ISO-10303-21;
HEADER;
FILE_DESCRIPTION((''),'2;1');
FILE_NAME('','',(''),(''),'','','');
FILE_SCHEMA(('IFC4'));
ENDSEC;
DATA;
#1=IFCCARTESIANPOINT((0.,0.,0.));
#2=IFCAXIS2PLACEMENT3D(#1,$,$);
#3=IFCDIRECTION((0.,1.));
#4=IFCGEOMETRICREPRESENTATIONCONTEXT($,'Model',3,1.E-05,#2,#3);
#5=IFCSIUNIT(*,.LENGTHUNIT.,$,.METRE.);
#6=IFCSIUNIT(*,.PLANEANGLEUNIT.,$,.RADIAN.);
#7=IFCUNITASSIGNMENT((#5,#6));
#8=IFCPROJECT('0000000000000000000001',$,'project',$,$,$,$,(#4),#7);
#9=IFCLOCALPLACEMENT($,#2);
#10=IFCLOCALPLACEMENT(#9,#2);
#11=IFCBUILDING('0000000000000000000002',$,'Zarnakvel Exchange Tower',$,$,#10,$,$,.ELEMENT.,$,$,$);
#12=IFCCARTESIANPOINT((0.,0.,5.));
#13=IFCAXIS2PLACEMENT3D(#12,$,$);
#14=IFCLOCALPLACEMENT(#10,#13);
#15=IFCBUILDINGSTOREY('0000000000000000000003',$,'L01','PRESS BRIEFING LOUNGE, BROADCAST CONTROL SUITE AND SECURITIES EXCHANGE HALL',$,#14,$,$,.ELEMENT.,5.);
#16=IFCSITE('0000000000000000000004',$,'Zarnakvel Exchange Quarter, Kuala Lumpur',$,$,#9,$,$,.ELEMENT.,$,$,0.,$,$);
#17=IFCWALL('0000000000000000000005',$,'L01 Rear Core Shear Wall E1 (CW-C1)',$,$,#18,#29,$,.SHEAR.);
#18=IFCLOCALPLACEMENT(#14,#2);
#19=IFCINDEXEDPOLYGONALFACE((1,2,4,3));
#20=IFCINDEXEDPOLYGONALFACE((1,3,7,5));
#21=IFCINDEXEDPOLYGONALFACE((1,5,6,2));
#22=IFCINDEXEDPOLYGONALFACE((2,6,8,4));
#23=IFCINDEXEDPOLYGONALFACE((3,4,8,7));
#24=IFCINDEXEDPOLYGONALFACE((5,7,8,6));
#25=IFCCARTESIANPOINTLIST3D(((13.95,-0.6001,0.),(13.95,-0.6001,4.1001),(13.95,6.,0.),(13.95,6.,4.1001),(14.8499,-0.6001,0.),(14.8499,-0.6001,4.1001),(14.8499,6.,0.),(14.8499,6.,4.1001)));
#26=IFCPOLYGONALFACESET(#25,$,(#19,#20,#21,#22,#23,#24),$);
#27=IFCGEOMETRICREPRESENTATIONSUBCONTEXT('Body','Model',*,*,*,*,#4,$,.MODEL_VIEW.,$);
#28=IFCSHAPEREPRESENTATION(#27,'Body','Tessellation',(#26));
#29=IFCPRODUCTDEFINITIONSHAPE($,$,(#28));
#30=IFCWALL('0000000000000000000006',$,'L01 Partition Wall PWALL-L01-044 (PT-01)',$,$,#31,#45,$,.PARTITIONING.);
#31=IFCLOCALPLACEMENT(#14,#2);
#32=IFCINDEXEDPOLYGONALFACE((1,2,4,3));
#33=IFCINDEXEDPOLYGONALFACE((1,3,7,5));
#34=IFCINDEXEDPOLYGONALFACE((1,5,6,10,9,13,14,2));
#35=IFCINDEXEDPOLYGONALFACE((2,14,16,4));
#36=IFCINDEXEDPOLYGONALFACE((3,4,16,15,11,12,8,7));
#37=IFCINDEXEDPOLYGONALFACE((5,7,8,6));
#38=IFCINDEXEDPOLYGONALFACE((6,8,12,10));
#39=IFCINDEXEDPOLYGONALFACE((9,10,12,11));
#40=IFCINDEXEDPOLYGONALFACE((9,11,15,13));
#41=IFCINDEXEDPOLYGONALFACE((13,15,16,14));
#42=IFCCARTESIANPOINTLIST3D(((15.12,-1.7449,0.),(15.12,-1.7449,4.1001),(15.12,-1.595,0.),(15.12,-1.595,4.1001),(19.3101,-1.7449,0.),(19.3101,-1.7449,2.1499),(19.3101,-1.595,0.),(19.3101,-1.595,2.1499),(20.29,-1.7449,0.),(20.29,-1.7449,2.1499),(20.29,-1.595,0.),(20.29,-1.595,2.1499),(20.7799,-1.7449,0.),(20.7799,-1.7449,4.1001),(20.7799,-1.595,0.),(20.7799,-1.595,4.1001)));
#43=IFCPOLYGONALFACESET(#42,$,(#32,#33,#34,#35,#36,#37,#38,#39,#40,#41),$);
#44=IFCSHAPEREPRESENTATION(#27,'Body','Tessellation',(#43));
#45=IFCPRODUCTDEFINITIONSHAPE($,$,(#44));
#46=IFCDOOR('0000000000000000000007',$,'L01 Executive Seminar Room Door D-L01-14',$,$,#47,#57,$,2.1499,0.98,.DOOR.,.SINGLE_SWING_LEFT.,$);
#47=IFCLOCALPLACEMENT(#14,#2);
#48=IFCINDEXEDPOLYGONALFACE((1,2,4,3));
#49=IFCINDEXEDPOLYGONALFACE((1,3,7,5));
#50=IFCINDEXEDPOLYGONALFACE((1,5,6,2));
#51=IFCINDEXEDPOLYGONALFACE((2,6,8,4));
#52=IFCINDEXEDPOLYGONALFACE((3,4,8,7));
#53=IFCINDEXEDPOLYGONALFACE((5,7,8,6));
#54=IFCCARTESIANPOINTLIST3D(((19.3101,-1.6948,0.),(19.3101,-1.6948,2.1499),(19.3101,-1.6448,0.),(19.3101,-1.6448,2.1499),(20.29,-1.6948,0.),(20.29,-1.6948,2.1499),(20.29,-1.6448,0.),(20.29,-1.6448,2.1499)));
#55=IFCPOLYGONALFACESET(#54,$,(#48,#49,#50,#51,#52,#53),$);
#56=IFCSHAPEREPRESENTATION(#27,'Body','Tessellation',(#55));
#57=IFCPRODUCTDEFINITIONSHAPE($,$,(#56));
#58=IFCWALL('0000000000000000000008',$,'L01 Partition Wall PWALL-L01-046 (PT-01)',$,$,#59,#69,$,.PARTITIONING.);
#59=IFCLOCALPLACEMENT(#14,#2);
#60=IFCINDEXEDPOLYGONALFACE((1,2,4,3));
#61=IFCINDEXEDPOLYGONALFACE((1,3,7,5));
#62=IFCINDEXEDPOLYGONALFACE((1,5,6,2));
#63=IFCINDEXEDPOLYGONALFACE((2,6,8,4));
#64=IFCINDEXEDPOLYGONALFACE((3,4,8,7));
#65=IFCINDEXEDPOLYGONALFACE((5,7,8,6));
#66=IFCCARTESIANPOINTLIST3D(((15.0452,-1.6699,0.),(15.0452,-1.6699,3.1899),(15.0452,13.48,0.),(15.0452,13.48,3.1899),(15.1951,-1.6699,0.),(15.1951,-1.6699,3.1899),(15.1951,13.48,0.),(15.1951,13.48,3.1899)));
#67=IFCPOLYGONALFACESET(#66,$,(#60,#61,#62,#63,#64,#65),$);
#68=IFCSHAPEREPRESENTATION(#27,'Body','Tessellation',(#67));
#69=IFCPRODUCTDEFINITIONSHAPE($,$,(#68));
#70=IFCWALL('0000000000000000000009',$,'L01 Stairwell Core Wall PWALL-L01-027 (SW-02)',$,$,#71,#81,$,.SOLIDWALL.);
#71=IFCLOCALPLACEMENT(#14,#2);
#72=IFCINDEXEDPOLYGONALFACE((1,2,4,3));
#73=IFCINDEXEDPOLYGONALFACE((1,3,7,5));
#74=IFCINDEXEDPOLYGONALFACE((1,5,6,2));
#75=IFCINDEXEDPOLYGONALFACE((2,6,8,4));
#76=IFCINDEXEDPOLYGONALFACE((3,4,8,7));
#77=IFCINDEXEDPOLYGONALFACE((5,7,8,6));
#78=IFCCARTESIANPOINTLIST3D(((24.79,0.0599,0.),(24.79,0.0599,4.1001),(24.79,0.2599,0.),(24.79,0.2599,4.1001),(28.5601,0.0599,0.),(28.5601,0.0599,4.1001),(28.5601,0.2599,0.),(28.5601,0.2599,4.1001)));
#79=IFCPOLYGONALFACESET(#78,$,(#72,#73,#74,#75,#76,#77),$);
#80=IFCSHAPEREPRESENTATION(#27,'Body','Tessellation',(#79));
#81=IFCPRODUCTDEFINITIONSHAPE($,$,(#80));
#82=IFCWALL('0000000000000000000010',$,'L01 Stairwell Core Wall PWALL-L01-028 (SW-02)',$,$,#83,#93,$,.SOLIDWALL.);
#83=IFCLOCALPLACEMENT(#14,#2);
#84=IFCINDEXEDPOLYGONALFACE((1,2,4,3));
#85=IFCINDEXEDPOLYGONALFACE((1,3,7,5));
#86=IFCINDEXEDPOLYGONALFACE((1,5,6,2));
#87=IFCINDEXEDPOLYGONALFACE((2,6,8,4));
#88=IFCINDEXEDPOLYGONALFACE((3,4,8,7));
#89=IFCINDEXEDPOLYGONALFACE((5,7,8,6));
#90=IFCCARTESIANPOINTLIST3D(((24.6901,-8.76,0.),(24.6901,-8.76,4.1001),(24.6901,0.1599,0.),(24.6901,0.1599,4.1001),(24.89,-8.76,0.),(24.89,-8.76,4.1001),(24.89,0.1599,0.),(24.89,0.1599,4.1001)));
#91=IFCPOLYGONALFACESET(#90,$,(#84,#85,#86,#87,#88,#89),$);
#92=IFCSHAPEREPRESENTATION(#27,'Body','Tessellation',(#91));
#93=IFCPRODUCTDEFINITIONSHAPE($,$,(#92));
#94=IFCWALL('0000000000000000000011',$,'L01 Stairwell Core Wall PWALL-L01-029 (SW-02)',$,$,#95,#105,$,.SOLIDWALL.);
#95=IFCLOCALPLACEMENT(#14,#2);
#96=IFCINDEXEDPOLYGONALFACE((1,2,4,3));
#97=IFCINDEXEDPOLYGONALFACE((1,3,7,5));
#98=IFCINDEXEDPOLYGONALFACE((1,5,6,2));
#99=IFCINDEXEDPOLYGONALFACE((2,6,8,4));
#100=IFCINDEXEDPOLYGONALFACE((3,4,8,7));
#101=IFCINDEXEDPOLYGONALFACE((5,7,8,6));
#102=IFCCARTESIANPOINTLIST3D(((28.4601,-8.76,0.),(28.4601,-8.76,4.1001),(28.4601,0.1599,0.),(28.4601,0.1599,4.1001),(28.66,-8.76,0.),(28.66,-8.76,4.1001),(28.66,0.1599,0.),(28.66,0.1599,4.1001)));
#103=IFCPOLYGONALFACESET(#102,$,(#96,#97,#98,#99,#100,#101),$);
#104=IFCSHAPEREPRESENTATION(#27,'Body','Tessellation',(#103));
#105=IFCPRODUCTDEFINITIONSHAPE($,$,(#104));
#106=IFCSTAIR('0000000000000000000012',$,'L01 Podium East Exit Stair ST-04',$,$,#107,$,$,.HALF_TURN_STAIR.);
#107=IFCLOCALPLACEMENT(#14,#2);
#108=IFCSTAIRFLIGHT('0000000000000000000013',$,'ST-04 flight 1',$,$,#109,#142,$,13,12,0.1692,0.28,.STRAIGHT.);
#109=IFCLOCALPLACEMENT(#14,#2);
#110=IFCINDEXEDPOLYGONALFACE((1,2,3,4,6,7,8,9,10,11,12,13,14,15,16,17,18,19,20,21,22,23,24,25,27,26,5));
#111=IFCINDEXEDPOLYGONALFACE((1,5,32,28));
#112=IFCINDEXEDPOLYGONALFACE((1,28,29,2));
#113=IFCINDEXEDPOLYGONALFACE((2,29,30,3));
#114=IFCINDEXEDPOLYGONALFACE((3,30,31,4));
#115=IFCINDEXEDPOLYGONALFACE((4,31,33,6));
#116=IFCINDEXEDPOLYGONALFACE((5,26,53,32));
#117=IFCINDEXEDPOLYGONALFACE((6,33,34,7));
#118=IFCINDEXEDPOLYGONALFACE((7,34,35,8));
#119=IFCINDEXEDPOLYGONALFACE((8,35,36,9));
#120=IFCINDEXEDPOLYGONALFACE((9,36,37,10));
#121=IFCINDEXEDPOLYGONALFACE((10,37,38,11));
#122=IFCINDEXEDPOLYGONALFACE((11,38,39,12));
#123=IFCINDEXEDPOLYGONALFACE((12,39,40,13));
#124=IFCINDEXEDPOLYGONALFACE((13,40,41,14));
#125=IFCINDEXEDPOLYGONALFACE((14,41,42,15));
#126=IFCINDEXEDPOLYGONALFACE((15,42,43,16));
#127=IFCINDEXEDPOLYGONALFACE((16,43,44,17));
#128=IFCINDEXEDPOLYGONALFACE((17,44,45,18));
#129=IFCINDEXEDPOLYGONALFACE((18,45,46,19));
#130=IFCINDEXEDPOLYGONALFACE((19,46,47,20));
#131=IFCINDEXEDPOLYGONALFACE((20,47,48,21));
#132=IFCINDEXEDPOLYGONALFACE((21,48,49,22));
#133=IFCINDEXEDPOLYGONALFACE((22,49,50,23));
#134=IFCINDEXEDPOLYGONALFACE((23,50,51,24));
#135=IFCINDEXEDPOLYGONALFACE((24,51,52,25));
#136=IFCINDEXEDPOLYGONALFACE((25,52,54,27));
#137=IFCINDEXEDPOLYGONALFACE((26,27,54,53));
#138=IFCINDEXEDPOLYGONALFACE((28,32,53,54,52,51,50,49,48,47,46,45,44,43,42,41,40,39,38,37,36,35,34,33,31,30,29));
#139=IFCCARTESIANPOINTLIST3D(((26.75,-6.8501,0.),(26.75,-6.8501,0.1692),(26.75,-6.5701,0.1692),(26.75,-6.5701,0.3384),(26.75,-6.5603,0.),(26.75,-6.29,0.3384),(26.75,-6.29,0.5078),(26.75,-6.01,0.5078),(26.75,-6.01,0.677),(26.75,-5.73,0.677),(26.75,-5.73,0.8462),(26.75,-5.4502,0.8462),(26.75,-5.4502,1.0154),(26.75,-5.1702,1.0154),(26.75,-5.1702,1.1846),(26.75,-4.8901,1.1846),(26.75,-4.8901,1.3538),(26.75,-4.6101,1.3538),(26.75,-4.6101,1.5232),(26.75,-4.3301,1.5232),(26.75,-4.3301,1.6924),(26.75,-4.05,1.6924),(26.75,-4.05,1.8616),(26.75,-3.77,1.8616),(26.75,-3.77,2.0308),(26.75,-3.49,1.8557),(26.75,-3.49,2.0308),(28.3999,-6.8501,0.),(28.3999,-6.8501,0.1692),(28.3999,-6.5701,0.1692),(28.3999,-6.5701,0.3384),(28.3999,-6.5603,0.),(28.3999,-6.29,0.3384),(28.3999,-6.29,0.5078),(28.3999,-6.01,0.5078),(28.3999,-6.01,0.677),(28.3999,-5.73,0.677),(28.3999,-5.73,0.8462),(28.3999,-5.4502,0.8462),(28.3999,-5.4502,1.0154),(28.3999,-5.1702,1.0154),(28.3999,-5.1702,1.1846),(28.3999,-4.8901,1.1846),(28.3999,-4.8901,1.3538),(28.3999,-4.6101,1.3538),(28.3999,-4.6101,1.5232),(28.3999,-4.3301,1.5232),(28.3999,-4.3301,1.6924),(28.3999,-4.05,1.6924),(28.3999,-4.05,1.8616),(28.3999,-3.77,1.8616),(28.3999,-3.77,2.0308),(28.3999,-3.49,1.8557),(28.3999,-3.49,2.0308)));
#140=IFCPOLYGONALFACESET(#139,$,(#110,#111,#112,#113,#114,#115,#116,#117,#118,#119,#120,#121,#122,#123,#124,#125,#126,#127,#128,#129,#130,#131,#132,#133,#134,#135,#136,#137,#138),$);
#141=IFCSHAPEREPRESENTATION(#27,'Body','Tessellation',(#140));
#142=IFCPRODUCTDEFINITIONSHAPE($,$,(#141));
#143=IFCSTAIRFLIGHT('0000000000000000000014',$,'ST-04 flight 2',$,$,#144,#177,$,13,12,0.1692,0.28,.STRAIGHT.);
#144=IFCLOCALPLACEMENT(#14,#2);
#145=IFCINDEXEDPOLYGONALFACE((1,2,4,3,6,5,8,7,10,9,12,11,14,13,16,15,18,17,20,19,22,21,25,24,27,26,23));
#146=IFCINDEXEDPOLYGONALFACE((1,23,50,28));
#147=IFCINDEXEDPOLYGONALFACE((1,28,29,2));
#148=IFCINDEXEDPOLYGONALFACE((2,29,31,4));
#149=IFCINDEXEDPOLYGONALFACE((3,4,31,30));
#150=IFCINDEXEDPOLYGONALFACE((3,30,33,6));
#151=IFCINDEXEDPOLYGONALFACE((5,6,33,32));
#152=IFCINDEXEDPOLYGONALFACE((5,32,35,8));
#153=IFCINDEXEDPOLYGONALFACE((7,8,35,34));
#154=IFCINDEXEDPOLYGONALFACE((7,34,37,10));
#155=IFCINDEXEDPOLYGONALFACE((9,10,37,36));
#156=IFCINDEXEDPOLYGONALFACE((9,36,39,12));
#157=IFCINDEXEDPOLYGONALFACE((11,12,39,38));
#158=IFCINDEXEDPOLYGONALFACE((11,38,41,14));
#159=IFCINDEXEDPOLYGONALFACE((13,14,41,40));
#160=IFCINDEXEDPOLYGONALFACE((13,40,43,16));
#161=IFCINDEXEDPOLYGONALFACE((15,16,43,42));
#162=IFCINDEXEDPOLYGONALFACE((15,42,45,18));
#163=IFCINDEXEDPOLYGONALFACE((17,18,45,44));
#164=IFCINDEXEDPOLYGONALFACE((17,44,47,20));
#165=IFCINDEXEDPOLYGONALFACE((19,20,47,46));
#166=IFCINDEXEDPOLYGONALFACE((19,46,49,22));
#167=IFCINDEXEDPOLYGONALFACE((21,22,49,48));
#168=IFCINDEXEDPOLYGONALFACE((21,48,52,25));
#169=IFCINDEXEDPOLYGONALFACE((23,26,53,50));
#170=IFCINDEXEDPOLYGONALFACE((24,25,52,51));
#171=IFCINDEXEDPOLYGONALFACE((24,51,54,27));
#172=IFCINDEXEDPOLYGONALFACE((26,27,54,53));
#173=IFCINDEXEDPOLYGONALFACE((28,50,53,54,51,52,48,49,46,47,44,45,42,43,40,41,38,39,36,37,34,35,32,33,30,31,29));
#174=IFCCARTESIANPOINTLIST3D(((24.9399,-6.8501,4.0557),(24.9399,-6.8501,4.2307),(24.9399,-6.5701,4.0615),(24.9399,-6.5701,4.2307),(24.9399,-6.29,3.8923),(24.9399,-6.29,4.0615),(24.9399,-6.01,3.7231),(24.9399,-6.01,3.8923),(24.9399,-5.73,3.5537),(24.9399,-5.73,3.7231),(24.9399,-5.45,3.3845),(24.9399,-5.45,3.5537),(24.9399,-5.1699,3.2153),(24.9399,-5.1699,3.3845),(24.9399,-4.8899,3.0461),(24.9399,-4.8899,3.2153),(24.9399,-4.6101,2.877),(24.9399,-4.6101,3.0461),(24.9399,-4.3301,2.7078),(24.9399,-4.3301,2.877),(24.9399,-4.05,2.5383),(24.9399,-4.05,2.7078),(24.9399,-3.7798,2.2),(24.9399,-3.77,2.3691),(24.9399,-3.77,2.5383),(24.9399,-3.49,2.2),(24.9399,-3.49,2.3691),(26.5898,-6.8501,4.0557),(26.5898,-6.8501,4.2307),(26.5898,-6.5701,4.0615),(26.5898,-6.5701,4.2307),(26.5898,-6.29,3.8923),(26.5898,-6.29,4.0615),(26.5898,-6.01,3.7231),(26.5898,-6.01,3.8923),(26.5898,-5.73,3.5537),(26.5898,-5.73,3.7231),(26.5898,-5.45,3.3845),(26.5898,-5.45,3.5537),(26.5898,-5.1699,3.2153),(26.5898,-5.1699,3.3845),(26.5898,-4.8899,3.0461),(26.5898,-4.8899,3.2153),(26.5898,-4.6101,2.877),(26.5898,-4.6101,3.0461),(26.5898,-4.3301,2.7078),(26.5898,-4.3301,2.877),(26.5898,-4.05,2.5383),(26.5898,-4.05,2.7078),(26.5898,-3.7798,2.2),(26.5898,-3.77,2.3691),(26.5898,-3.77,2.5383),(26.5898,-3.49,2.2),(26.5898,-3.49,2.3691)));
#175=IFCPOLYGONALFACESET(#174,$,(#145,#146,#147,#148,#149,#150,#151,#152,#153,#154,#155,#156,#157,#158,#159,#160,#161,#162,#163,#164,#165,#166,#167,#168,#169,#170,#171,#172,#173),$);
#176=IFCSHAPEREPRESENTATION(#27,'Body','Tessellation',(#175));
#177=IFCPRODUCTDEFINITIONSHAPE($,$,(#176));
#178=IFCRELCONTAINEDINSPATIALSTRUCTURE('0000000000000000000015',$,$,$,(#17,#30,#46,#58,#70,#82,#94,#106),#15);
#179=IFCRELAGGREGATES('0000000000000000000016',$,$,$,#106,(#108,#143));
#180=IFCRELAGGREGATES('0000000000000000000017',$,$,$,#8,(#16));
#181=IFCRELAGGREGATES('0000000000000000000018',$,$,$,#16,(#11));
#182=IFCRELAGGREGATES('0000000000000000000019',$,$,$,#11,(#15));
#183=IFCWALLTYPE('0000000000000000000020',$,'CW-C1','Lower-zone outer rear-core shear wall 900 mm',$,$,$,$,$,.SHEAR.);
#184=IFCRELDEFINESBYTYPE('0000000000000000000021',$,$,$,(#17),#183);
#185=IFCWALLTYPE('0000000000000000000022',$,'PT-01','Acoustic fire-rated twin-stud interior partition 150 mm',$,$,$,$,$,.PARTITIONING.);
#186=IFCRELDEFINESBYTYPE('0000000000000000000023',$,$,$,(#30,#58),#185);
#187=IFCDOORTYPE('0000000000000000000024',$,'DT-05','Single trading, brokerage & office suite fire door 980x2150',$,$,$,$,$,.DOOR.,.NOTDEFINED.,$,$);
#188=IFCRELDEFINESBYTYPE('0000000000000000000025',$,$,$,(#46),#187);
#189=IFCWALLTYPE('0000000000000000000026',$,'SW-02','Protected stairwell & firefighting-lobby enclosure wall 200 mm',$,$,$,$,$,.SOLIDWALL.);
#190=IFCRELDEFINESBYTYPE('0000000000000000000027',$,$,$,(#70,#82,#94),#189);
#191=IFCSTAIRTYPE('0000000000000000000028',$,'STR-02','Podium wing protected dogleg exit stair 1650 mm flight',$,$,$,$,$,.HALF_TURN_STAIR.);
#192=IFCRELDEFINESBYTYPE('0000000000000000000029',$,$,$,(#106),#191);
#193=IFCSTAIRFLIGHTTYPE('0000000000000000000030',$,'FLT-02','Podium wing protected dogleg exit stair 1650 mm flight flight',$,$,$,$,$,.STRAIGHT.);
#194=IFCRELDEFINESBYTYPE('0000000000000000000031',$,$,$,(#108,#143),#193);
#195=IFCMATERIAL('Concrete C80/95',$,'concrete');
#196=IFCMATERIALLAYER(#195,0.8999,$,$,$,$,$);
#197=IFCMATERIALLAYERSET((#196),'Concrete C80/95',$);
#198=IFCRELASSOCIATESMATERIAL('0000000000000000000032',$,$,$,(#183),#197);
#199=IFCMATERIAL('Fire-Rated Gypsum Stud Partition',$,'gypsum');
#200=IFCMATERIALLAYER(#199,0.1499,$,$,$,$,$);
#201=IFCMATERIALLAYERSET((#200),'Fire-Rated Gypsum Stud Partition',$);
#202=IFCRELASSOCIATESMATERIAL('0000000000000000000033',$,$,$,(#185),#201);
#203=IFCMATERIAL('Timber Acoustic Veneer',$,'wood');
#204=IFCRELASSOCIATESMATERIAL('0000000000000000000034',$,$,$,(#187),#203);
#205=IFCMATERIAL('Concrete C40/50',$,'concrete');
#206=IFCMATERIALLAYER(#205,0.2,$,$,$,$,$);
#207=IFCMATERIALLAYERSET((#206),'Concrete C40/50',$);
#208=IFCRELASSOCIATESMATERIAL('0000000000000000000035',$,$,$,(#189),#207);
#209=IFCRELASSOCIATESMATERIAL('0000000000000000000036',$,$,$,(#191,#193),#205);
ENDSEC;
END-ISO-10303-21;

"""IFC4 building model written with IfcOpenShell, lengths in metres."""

from ifc_helpers import new_model, si_unit, direction, frame, frame_2d, origin, place, context, subcontext, project, spatial, polyline, rectangle, outline, extrude, source, transform, mapped, material, layer, layer_set, type_object, element, fill, aggregate, save


model = new_model("IFC4")

# Units and contexts
model_context = context("Model", 3, precision=1e-05, world=origin(), true_north=direction((0.0, 1.0)))
body_context = subcontext(model_context, "Body", "Model", "MODEL_VIEW")
ifc_project = project(units=[si_unit("LENGTHUNIT", "METRE"), si_unit("PLANEANGLEUNIT", "RADIAN")], contexts=[model_context])

# Site, building, storey
site_placement = place(None, origin())
site = spatial("IfcSite", under=ifc_project, at=site_placement, Name="Zarnakvel Exchange Quarter, Kuala Lumpur", CompositionType="ELEMENT", RefElevation=0.0)
building_placement = place(site_placement, origin())
building = spatial("IfcBuilding", under=site, at=building_placement, Name="Zarnakvel Exchange Tower", CompositionType="ELEMENT")
storey_placement = place(building_placement, frame((0.0, 0.0, 5.0)))
storey = spatial("IfcBuildingStorey", under=building, at=storey_placement, Name="L01", Description="PRESS BRIEFING LOUNGE, BROADCAST CONTROL SUITE AND SECURITIES EXCHANGE HALL", CompositionType="ELEMENT", Elevation=5.0)

# Shared definitions
ifc_material_1 = material(Name="Concrete C80/95", Category="concrete")

# Wall
ifc_layer_1 = layer(ifc_material_1, 0.8999)
ifc_layer_set_1 = layer_set([ifc_layer_1], Name="Concrete C80/95")
wall_type_1 = type_object("IfcWallType", Name="CW-C1", Description="Lower-zone outer rear-core shear wall 900 mm", PredefinedType="SHEAR", material=ifc_layer_set_1)
wall_1_placement = place(storey_placement, frame((14.3999, -0.6001, 0.0), z_axis=(0.0, 0.0, 1.0), x_axis=(0.0, 1.0, 0.0)))
element("IfcWall", 1, at=wall_1_placement, inside=storey, type_object=wall_type_1, Name="L01 Rear Core Shear Wall E1 (CW-C1)", PredefinedType="SHEAR", context=body_context, shape_type="SweptSolid", body=[
    extrude(rectangle(XDim=6.6001, YDim=0.8999, at=frame_2d((3.3, 0.0))), origin(), (0.0, 0.0, 1.0), 4.1001),
])

# Wall, opening, door
ifc_material_2 = material(Name="Fire-Rated Gypsum Stud Partition", Category="gypsum")
ifc_layer_2 = layer(ifc_material_2, 0.1499)
ifc_layer_set_2 = layer_set([ifc_layer_2], Name="Fire-Rated Gypsum Stud Partition")
wall_type_2 = type_object("IfcWallType", Name="PT-01", Description="Acoustic fire-rated twin-stud interior partition 150 mm", PredefinedType="PARTITIONING", material=ifc_layer_set_2)
wall_2_placement = place(storey_placement, frame((20.78, -1.6699, 0.0), z_axis=(0.0, 0.0, 1.0), x_axis=(-1.0, 0.0, 0.0)))
wall_2 = element("IfcWall", 2, at=wall_2_placement, inside=storey, type_object=wall_type_2, Name="L01 Partition Wall PWALL-L01-044 (PT-01)", PredefinedType="PARTITIONING", context=body_context, shape_type="SweptSolid", body=[
    extrude(rectangle(XDim=5.6599, YDim=0.1499, at=frame_2d((2.8301, 0.0))), origin(), (0.0, 0.0, 1.0), 4.1001),
])
opening_1_placement = place(wall_2_placement, frame((0.49, 0.0, 0.0)))
opening_1 = element("IfcOpeningElement", 3, at=opening_1_placement, cuts=wall_2, PredefinedType="OPENING", context=body_context, shape_type="SweptSolid", body=[
    extrude(rectangle(XDim=0.98, YDim=2.1499, at=frame_2d((0.49, 1.075))), frame((0.0, 0.085, 0.0), z_axis=(0.0, -1.0, 0.0), x_axis=(1.0, 0.0, 0.0)), (0.0, 0.0, 1.0), 0.1699),
])
ifc_material_3 = material(Name="Timber Acoustic Veneer", Category="wood")
door_type_1 = type_object("IfcDoorType", Name="DT-05", Description="Single trading, brokerage & office suite fire door 980x2150", OperationType="NOTDEFINED", PredefinedType="DOOR", material=ifc_material_3)
shared_shape_1 = source(origin(), body_context, "Body", "SweptSolid", [
    extrude(rectangle(XDim=0.98, YDim=2.1499, at=frame_2d((0.49, 1.075))), frame((0.0, 0.0249, 0.0), z_axis=(0.0, -1.0, 0.0), x_axis=(1.0, 0.0, 0.0)), (0.0, 0.0, 1.0), 0.05),
])
door_1_placement = place(opening_1_placement, origin())
door_1 = element("IfcDoor", 4, at=door_1_placement, inside=storey, type_object=door_type_1, Name="L01 Executive Seminar Room Door D-L01-14", OperationType="SINGLE_SWING_LEFT", OverallHeight=2.1499, OverallWidth=0.98, PredefinedType="DOOR", context=body_context, shape_type="MappedRepresentation", body=[
    mapped(shared_shape_1, transform((0.0, 0.0, 0.0), x_axis=(1.0, 0.0, 0.0), y_axis=(0.0, 1.0, 0.0), z_axis=(0.0, 0.0, 1.0), scale=1.0)),
])
fill(opening_1, door_1)

# Wall
wall_3_placement = place(storey_placement, frame((15.1201, -1.6699, 0.0), z_axis=(0.0, 0.0, 1.0), x_axis=(0.0, 1.0, 0.0)))
element("IfcWall", 5, at=wall_3_placement, inside=storey, type_object=wall_type_2, Name="L01 Partition Wall PWALL-L01-046 (PT-01)", PredefinedType="PARTITIONING", context=body_context, shape_type="SweptSolid", body=[
    extrude(rectangle(XDim=15.1499, YDim=0.1499, at=frame_2d((7.575, 0.0))), origin(), (0.0, 0.0, 1.0), 3.1899),
])

# Shared definitions
ifc_material_4 = material(Name="Concrete C40/50", Category="concrete")
ifc_layer_3 = layer(ifc_material_4, 0.2)
ifc_layer_set_3 = layer_set([ifc_layer_3], Name="Concrete C40/50")
wall_type_3 = type_object("IfcWallType", Name="SW-02", Description="Protected stairwell & firefighting-lobby enclosure wall 200 mm", PredefinedType="SOLIDWALL", material=ifc_layer_set_3)

# Walls
wall_4_placement = place(storey_placement, frame((24.79, 0.1599, 0.0), z_axis=(0.0, 0.0, 1.0), x_axis=(1.0, 0.0, 0.0)))
element("IfcWall", 6, at=wall_4_placement, inside=storey, type_object=wall_type_3, Name="L01 Stairwell Core Wall PWALL-L01-027 (SW-02)", PredefinedType="SOLIDWALL", context=body_context, shape_type="SweptSolid", body=[
    extrude(rectangle(XDim=3.77, YDim=0.2, at=frame_2d((1.885, 0.0))), origin(), (0.0, 0.0, 1.0), 4.1001),
])
for number, where, z_axis, x_axis, name in (
    (7, (24.79, -8.76, 0.0), (0.0, 0.0, 1.0), (0.0, 1.0, 0.0), "L01 Stairwell Core Wall PWALL-L01-028 (SW-02)"),
    (8, (28.5601, 0.1599, 0.0), (0.0, 0.0, 1.0), (0.0, -1.0, 0.0), "L01 Stairwell Core Wall PWALL-L01-029 (SW-02)"),
):
    element("IfcWall", number, at=place(storey_placement, frame(where, z_axis=z_axis, x_axis=x_axis)), inside=storey, type_object=wall_type_3, Name=name, PredefinedType="SOLIDWALL", context=body_context, shape_type="SweptSolid", body=[
        extrude(rectangle(XDim=8.9199, YDim=0.2, at=frame_2d((4.46, 0.0))), origin(), (0.0, 0.0, 1.0), 4.1001),
    ])

# Stair, stair flights
stair_type = type_object("IfcStairType", Name="STR-02", Description="Podium wing protected dogleg exit stair 1650 mm flight", PredefinedType="HALF_TURN_STAIR", material=ifc_material_4)
stair_placement = place(storey_placement, origin())
stair = element("IfcStair", 9, at=stair_placement, inside=storey, type_object=stair_type, Name="L01 Podium East Exit Stair ST-04", PredefinedType="HALF_TURN_STAIR")
stair_flight_type = type_object("IfcStairFlightType", Name="FLT-02", Description="Podium wing protected dogleg exit stair 1650 mm flight flight", PredefinedType="STRAIGHT", material=ifc_material_4)
stair_flight_1_placement = place(storey_placement, frame((27.575, -6.8501, 0.0), z_axis=(0.0, 0.0, 1.0), x_axis=(0.0, 1.0, 0.0)))
stair_flight_1 = element("IfcStairFlight", 10, at=stair_flight_1_placement, type_object=stair_flight_type, Name="ST-04 flight 1", NumberOfRisers=13, NumberOfTreads=12, PredefinedType="STRAIGHT", RiserHeight=0.1692, TreadLength=0.28, context=body_context, shape_type="SweptSolid", body=[
    extrude(outline(polyline([(0.0, 0.0), (0.0, 0.1692), (0.28, 0.1692), (0.28, 0.3384), (0.5601, 0.3384), (0.5601, 0.5078), (0.8401, 0.5078), (0.8401, 0.677), (1.1201, 0.677), (1.1201, 0.8462), (1.3999, 0.8462), (1.3999, 1.0154), (1.6799, 1.0154), (1.6799, 1.1846), (1.96, 1.1846), (1.96, 1.3538), (2.24, 1.3538), (2.24, 1.5232), (2.52, 1.5232), (2.52, 1.6924), (2.8, 1.6924), (2.8, 1.8616), (3.0801, 1.8616), (3.0801, 2.0308), (3.3601, 2.0308), (3.3601, 2.2), (3.3601, 1.8557), (0.2898, 0.0), (0.0, 0.0)])), frame((0.0, 0.825, 0.0), z_axis=(0.0, -1.0, 0.0), x_axis=(1.0, 0.0, 0.0)), (0.0, 0.0, 1.0), 1.6499),
])
stair_flight_2_placement = place(storey_placement, frame((25.7649, -3.49, 2.2), z_axis=(0.0, 0.0, 1.0), x_axis=(0.0, -1.0, 0.0)))
stair_flight_2 = element("IfcStairFlight", 11, at=stair_flight_2_placement, type_object=stair_flight_type, Name="ST-04 flight 2", NumberOfRisers=13, NumberOfTreads=12, PredefinedType="STRAIGHT", RiserHeight=0.1692, TreadLength=0.28, context=body_context, shape_type="SweptSolid", body=[
    extrude(outline(polyline([(0.0, 0.0), (0.0, 0.1692), (0.28, 0.1692), (0.28, 0.3384), (0.5601, 0.3384), (0.5601, 0.5078), (0.8401, 0.5078), (0.8401, 0.677), (1.1201, 0.677), (1.1201, 0.8462), (1.3999, 0.8462), (1.3999, 1.0154), (1.6799, 1.0154), (1.6799, 1.1846), (1.96, 1.1846), (1.96, 1.3538), (2.24, 1.3538), (2.24, 1.5232), (2.52, 1.5232), (2.52, 1.6924), (2.8, 1.6924), (2.8, 1.8616), (3.0801, 1.8616), (3.0801, 2.0308), (3.3601, 2.0308), (3.3601, 2.2), (3.3601, 1.8557), (0.2898, 0.0), (0.0, 0.0)])), frame((0.0, 0.825, 0.0), z_axis=(0.0, -1.0, 0.0), x_axis=(1.0, 0.0, 0.0)), (0.0, 0.0, 1.0), 1.6499),
])
aggregate(stair, [stair_flight_1, stair_flight_2])

save(model, "model.ifc")
